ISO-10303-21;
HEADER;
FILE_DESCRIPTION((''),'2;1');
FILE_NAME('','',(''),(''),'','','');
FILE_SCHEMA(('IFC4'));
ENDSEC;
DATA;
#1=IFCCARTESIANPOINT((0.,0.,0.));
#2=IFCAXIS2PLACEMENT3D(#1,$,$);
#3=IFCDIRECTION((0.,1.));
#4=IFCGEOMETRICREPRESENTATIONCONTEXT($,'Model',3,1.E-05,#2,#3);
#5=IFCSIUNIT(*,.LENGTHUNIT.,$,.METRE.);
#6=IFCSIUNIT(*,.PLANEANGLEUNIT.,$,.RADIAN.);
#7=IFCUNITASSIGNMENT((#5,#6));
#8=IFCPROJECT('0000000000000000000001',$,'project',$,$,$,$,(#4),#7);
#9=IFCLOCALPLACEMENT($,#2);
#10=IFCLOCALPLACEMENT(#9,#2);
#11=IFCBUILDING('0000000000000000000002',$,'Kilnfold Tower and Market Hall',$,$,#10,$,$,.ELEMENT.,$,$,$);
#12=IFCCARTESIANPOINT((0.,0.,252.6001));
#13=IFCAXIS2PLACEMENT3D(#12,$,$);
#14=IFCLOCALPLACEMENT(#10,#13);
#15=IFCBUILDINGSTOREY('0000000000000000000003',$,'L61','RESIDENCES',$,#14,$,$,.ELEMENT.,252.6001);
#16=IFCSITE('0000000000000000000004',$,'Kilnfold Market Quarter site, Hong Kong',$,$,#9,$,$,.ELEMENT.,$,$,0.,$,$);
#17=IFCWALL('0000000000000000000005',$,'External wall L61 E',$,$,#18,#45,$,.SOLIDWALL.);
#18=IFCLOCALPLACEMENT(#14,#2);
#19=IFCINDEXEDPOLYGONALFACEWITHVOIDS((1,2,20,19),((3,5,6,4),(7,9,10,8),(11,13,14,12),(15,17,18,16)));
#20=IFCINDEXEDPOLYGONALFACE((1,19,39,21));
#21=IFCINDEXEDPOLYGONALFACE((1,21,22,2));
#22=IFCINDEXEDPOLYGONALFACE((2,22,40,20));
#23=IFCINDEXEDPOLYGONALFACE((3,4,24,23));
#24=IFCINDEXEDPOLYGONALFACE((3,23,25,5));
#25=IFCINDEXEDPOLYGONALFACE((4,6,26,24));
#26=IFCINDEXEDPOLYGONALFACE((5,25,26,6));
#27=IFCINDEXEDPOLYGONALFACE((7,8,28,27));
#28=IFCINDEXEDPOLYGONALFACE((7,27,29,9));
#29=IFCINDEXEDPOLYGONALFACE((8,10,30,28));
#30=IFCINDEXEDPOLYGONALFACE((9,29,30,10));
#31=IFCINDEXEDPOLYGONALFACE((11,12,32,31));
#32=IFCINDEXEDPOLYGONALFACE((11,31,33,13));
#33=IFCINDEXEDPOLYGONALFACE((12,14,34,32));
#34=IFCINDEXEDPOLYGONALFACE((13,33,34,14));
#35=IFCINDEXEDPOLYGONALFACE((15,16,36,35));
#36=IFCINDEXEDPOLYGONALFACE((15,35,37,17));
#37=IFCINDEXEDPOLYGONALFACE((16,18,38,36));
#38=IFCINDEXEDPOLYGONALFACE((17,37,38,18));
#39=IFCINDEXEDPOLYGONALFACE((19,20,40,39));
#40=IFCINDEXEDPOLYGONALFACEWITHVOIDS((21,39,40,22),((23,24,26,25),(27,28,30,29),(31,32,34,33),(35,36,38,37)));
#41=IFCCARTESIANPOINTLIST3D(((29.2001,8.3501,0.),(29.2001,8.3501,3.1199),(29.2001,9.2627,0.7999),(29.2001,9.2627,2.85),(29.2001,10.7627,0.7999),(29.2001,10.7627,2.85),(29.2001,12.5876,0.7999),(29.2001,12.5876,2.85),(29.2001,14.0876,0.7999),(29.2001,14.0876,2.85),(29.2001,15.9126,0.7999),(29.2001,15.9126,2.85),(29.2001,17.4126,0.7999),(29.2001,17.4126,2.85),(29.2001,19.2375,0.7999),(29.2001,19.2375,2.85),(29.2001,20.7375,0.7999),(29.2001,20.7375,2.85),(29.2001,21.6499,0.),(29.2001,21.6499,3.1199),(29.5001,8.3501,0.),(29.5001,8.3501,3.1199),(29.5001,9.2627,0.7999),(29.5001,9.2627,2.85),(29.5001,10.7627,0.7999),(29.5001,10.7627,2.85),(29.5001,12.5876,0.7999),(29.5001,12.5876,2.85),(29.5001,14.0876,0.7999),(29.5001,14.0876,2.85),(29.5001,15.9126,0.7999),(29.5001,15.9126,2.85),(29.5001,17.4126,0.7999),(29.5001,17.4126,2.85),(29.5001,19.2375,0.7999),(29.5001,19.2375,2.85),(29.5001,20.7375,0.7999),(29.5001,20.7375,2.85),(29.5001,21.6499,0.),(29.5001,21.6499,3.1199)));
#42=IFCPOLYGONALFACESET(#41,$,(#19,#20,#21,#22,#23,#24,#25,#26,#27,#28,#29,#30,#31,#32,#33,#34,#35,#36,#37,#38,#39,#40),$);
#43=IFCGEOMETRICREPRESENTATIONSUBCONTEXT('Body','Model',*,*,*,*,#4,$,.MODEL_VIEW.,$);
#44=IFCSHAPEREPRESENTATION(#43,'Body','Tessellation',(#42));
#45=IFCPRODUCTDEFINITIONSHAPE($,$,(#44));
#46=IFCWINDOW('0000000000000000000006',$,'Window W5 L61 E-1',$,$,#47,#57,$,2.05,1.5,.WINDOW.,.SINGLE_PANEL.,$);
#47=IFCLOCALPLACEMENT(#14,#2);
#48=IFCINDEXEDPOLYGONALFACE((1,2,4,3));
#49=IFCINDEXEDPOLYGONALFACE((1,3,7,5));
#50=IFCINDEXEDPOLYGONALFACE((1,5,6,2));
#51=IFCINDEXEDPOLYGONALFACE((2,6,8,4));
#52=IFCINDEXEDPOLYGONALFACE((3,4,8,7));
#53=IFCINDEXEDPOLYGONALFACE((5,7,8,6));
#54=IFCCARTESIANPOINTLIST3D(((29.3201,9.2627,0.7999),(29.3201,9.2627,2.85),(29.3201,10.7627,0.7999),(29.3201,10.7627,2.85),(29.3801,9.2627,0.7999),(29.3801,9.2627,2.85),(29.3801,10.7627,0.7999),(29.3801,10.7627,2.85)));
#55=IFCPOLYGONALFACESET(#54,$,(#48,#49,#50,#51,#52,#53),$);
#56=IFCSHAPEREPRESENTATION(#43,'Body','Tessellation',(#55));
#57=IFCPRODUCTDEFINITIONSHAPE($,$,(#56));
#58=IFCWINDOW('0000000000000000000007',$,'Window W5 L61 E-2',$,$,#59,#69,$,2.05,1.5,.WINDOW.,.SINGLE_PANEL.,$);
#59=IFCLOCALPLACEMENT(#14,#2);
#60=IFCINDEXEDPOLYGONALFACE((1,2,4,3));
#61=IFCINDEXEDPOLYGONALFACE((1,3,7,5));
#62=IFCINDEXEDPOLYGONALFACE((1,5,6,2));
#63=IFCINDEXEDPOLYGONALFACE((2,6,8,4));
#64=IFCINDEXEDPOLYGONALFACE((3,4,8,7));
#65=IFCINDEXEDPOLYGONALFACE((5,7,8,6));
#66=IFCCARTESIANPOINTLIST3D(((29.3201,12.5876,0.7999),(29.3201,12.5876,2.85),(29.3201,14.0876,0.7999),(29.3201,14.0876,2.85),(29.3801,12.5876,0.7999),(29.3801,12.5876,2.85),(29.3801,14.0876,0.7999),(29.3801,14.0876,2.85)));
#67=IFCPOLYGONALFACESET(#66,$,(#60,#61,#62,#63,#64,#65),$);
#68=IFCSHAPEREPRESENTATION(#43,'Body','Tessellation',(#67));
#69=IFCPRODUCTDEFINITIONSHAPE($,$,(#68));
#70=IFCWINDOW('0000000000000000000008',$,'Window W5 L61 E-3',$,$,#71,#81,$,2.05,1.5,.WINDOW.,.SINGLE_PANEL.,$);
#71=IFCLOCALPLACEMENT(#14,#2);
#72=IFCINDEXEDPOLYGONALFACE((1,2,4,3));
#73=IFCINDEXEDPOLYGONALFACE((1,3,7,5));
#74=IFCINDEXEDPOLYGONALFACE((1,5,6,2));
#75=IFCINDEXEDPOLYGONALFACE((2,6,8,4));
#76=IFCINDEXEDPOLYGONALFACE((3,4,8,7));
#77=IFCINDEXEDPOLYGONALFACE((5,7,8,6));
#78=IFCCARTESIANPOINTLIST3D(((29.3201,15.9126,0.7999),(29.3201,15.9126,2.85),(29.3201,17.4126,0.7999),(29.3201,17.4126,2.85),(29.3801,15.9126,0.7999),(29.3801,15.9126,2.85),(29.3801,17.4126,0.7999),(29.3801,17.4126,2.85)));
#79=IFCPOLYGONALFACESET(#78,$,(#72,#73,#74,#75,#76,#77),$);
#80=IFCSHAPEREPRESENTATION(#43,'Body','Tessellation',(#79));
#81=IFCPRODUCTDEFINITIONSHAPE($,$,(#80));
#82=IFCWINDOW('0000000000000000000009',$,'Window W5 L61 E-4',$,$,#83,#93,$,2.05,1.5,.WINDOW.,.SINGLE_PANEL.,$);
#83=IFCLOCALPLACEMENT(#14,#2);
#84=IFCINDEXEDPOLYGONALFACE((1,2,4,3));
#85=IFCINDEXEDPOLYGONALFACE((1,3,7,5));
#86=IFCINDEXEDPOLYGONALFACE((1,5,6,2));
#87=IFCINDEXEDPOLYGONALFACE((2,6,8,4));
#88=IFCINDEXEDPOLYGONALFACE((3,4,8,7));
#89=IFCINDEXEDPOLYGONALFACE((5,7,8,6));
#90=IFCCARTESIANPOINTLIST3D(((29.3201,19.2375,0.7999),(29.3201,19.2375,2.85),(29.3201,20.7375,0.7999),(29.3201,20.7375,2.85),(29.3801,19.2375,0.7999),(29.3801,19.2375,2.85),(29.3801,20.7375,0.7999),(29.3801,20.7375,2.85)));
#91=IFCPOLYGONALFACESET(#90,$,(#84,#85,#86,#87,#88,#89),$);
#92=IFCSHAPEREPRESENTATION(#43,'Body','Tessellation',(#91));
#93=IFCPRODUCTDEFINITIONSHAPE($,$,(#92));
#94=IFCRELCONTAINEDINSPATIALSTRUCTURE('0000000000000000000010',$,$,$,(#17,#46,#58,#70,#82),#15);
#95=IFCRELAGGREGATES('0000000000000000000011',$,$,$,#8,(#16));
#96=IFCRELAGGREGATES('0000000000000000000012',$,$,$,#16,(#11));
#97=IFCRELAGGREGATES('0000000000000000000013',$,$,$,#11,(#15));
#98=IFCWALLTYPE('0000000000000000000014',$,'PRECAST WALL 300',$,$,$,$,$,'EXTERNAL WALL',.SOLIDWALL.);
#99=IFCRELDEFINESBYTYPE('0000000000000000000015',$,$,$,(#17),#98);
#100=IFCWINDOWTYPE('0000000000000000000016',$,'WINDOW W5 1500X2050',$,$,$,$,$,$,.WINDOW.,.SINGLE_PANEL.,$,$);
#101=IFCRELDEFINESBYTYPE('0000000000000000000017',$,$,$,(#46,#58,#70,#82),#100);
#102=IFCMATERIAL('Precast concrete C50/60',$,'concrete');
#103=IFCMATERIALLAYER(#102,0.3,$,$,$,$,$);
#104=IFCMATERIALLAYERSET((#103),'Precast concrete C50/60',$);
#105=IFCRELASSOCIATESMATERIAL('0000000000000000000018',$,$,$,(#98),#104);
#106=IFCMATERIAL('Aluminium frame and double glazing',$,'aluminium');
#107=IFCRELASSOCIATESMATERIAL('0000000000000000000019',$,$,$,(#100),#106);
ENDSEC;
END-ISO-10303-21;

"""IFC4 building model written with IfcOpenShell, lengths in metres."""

from ifc_helpers import new_model, si_unit, direction, frame, frame_2d, origin, place, context, subcontext, project, spatial, rectangle, extrude, source, transform, mapped, material, layer, layer_set, type_object, element, fill, save


model = new_model("IFC4")

# Units and contexts
model_context = context("Model", 3, precision=1e-05, world=origin(), true_north=direction((0.0, 1.0)))
body_context = subcontext(model_context, "Body", "Model", "MODEL_VIEW")
ifc_project = project(units=[si_unit("LENGTHUNIT", "METRE"), si_unit("PLANEANGLEUNIT", "RADIAN")], contexts=[model_context])

# Site, building, storey
site_placement = place(None, origin())
site = spatial("IfcSite", under=ifc_project, at=site_placement, Name="Kilnfold Market Quarter site, Hong Kong", CompositionType="ELEMENT", RefElevation=0.0)
building_placement = place(site_placement, origin())
building = spatial("IfcBuilding", under=site, at=building_placement, Name="Kilnfold Tower and Market Hall", CompositionType="ELEMENT")
storey_placement = place(building_placement, frame((0.0, 0.0, 252.6001)))
storey = spatial("IfcBuildingStorey", under=building, at=storey_placement, Name="L61", Description="RESIDENCES", CompositionType="ELEMENT", Elevation=252.6001)

# Wall, openings, windows
ifc_material_1 = material(Name="Precast concrete C50/60", Category="concrete")
ifc_layer_1 = layer(ifc_material_1, 0.3)
ifc_layer_set_1 = layer_set([ifc_layer_1], Name="Precast concrete C50/60")
wall_type_1 = type_object("IfcWallType", Name="PRECAST WALL 300", ElementType="EXTERNAL WALL", PredefinedType="SOLIDWALL", material=ifc_layer_set_1)
shared_shape_1 = source(origin(), body_context, "Body", "SweptSolid", [
    extrude(rectangle(XDim=13.2998, YDim=0.3, at=frame_2d((6.6499, 0.0))), origin(), (0.0, 0.0, 1.0), 3.1199),
])
wall_1_placement = place(storey_placement, frame((29.3501, 8.3501, 0.0), z_axis=(0.0, 0.0, 1.0), x_axis=(0.0, 1.0, 0.0)))
wall_1 = element("IfcWall", 1, at=wall_1_placement, inside=storey, type_object=wall_type_1, Name="External wall L61 E", PredefinedType="SOLIDWALL", context=body_context, shape_type="MappedRepresentation", body=[
    mapped(shared_shape_1, transform((0.0, 0.0, 0.0))),
])
opening_1_placement = place(wall_1_placement, frame((0.9126, 0.0, 0.8)))
opening_1 = element("IfcOpeningElement", 2, at=opening_1_placement, cuts=wall_1, PredefinedType="OPENING", context=body_context, shape_type="SweptSolid", body=[
    extrude(rectangle(XDim=1.5, YDim=2.05, at=frame_2d((0.75, 1.0249))), frame((0.0, 0.1602, 0.0), z_axis=(0.0, -1.0, 0.0), x_axis=(1.0, 0.0, 0.0)), (0.0, 0.0, 1.0), 0.3201),
])
opening_2_placement = place(wall_1_placement, frame((4.2375, 0.0, 0.8)))
opening_2 = element("IfcOpeningElement", 3, at=opening_2_placement, cuts=wall_1, PredefinedType="OPENING", context=body_context, shape_type="SweptSolid", body=[
    extrude(rectangle(XDim=1.5, YDim=2.05, at=frame_2d((0.75, 1.0249))), frame((0.0, 0.1602, 0.0), z_axis=(0.0, -1.0, 0.0), x_axis=(1.0, 0.0, 0.0)), (0.0, 0.0, 1.0), 0.3201),
])
opening_3_placement = place(wall_1_placement, frame((7.5625, 0.0, 0.8)))
opening_3 = element("IfcOpeningElement", 4, at=opening_3_placement, cuts=wall_1, PredefinedType="OPENING", context=body_context, shape_type="SweptSolid", body=[
    extrude(rectangle(XDim=1.5, YDim=2.05, at=frame_2d((0.75, 1.0249))), frame((0.0, 0.1602, 0.0), z_axis=(0.0, -1.0, 0.0), x_axis=(1.0, 0.0, 0.0)), (0.0, 0.0, 1.0), 0.3201),
])
opening_4_placement = place(wall_1_placement, frame((10.8875, 0.0, 0.8)))
opening_4 = element("IfcOpeningElement", 5, at=opening_4_placement, cuts=wall_1, PredefinedType="OPENING", context=body_context, shape_type="SweptSolid", body=[
    extrude(rectangle(XDim=1.5, YDim=2.05, at=frame_2d((0.75, 1.0249))), frame((0.0, 0.1602, 0.0), z_axis=(0.0, -1.0, 0.0), x_axis=(1.0, 0.0, 0.0)), (0.0, 0.0, 1.0), 0.3201),
])
ifc_material_2 = material(Name="Aluminium frame and double glazing", Category="aluminium")
window_type = type_object("IfcWindowType", Name="WINDOW W5 1500X2050", PartitioningType="SINGLE_PANEL", PredefinedType="WINDOW", material=ifc_material_2)
window_1_placement = place(opening_1_placement, origin())
window_1 = element("IfcWindow", 6, at=window_1_placement, inside=storey, type_object=window_type, Name="Window W5 L61 E-1", OverallHeight=2.05, OverallWidth=1.5, PartitioningType="SINGLE_PANEL", PredefinedType="WINDOW", context=body_context, shape_type="SweptSolid", body=[
    extrude(rectangle(XDim=1.5, YDim=2.05, at=frame_2d((0.75, 1.0249))), frame((0.0, 0.03, 0.0), z_axis=(0.0, -1.0, 0.0), x_axis=(1.0, 0.0, 0.0)), (0.0, 0.0, 1.0), 0.0601),
])
fill(opening_1, window_1)
window_2_placement = place(opening_2_placement, origin())
window_2 = element("IfcWindow", 7, at=window_2_placement, inside=storey, type_object=window_type, Name="Window W5 L61 E-2", OverallHeight=2.05, OverallWidth=1.5, PartitioningType="SINGLE_PANEL", PredefinedType="WINDOW", context=body_context, shape_type="SweptSolid", body=[
    extrude(rectangle(XDim=1.5, YDim=2.05, at=frame_2d((0.75, 1.0249))), frame((0.0, 0.03, 0.0), z_axis=(0.0, -1.0, 0.0), x_axis=(1.0, 0.0, 0.0)), (0.0, 0.0, 1.0), 0.0601),
])
fill(opening_2, window_2)
window_3_placement = place(opening_3_placement, origin())
window_3 = element("IfcWindow", 8, at=window_3_placement, inside=storey, type_object=window_type, Name="Window W5 L61 E-3", OverallHeight=2.05, OverallWidth=1.5, PartitioningType="SINGLE_PANEL", PredefinedType="WINDOW", context=body_context, shape_type="SweptSolid", body=[
    extrude(rectangle(XDim=1.5, YDim=2.05, at=frame_2d((0.75, 1.0249))), frame((0.0, 0.03, 0.0), z_axis=(0.0, -1.0, 0.0), x_axis=(1.0, 0.0, 0.0)), (0.0, 0.0, 1.0), 0.0601),
])
fill(opening_3, window_3)
window_4_placement = place(opening_4_placement, origin())
window_4 = element("IfcWindow", 9, at=window_4_placement, inside=storey, type_object=window_type, Name="Window W5 L61 E-4", OverallHeight=2.05, OverallWidth=1.5, PartitioningType="SINGLE_PANEL", PredefinedType="WINDOW", context=body_context, shape_type="SweptSolid", body=[
    extrude(rectangle(XDim=1.5, YDim=2.05, at=frame_2d((0.75, 1.0249))), frame((0.0, 0.03, 0.0), z_axis=(0.0, -1.0, 0.0), x_axis=(1.0, 0.0, 0.0)), (0.0, 0.0, 1.0), 0.0601),
])
fill(opening_4, window_4)

save(model, "model.ifc")
